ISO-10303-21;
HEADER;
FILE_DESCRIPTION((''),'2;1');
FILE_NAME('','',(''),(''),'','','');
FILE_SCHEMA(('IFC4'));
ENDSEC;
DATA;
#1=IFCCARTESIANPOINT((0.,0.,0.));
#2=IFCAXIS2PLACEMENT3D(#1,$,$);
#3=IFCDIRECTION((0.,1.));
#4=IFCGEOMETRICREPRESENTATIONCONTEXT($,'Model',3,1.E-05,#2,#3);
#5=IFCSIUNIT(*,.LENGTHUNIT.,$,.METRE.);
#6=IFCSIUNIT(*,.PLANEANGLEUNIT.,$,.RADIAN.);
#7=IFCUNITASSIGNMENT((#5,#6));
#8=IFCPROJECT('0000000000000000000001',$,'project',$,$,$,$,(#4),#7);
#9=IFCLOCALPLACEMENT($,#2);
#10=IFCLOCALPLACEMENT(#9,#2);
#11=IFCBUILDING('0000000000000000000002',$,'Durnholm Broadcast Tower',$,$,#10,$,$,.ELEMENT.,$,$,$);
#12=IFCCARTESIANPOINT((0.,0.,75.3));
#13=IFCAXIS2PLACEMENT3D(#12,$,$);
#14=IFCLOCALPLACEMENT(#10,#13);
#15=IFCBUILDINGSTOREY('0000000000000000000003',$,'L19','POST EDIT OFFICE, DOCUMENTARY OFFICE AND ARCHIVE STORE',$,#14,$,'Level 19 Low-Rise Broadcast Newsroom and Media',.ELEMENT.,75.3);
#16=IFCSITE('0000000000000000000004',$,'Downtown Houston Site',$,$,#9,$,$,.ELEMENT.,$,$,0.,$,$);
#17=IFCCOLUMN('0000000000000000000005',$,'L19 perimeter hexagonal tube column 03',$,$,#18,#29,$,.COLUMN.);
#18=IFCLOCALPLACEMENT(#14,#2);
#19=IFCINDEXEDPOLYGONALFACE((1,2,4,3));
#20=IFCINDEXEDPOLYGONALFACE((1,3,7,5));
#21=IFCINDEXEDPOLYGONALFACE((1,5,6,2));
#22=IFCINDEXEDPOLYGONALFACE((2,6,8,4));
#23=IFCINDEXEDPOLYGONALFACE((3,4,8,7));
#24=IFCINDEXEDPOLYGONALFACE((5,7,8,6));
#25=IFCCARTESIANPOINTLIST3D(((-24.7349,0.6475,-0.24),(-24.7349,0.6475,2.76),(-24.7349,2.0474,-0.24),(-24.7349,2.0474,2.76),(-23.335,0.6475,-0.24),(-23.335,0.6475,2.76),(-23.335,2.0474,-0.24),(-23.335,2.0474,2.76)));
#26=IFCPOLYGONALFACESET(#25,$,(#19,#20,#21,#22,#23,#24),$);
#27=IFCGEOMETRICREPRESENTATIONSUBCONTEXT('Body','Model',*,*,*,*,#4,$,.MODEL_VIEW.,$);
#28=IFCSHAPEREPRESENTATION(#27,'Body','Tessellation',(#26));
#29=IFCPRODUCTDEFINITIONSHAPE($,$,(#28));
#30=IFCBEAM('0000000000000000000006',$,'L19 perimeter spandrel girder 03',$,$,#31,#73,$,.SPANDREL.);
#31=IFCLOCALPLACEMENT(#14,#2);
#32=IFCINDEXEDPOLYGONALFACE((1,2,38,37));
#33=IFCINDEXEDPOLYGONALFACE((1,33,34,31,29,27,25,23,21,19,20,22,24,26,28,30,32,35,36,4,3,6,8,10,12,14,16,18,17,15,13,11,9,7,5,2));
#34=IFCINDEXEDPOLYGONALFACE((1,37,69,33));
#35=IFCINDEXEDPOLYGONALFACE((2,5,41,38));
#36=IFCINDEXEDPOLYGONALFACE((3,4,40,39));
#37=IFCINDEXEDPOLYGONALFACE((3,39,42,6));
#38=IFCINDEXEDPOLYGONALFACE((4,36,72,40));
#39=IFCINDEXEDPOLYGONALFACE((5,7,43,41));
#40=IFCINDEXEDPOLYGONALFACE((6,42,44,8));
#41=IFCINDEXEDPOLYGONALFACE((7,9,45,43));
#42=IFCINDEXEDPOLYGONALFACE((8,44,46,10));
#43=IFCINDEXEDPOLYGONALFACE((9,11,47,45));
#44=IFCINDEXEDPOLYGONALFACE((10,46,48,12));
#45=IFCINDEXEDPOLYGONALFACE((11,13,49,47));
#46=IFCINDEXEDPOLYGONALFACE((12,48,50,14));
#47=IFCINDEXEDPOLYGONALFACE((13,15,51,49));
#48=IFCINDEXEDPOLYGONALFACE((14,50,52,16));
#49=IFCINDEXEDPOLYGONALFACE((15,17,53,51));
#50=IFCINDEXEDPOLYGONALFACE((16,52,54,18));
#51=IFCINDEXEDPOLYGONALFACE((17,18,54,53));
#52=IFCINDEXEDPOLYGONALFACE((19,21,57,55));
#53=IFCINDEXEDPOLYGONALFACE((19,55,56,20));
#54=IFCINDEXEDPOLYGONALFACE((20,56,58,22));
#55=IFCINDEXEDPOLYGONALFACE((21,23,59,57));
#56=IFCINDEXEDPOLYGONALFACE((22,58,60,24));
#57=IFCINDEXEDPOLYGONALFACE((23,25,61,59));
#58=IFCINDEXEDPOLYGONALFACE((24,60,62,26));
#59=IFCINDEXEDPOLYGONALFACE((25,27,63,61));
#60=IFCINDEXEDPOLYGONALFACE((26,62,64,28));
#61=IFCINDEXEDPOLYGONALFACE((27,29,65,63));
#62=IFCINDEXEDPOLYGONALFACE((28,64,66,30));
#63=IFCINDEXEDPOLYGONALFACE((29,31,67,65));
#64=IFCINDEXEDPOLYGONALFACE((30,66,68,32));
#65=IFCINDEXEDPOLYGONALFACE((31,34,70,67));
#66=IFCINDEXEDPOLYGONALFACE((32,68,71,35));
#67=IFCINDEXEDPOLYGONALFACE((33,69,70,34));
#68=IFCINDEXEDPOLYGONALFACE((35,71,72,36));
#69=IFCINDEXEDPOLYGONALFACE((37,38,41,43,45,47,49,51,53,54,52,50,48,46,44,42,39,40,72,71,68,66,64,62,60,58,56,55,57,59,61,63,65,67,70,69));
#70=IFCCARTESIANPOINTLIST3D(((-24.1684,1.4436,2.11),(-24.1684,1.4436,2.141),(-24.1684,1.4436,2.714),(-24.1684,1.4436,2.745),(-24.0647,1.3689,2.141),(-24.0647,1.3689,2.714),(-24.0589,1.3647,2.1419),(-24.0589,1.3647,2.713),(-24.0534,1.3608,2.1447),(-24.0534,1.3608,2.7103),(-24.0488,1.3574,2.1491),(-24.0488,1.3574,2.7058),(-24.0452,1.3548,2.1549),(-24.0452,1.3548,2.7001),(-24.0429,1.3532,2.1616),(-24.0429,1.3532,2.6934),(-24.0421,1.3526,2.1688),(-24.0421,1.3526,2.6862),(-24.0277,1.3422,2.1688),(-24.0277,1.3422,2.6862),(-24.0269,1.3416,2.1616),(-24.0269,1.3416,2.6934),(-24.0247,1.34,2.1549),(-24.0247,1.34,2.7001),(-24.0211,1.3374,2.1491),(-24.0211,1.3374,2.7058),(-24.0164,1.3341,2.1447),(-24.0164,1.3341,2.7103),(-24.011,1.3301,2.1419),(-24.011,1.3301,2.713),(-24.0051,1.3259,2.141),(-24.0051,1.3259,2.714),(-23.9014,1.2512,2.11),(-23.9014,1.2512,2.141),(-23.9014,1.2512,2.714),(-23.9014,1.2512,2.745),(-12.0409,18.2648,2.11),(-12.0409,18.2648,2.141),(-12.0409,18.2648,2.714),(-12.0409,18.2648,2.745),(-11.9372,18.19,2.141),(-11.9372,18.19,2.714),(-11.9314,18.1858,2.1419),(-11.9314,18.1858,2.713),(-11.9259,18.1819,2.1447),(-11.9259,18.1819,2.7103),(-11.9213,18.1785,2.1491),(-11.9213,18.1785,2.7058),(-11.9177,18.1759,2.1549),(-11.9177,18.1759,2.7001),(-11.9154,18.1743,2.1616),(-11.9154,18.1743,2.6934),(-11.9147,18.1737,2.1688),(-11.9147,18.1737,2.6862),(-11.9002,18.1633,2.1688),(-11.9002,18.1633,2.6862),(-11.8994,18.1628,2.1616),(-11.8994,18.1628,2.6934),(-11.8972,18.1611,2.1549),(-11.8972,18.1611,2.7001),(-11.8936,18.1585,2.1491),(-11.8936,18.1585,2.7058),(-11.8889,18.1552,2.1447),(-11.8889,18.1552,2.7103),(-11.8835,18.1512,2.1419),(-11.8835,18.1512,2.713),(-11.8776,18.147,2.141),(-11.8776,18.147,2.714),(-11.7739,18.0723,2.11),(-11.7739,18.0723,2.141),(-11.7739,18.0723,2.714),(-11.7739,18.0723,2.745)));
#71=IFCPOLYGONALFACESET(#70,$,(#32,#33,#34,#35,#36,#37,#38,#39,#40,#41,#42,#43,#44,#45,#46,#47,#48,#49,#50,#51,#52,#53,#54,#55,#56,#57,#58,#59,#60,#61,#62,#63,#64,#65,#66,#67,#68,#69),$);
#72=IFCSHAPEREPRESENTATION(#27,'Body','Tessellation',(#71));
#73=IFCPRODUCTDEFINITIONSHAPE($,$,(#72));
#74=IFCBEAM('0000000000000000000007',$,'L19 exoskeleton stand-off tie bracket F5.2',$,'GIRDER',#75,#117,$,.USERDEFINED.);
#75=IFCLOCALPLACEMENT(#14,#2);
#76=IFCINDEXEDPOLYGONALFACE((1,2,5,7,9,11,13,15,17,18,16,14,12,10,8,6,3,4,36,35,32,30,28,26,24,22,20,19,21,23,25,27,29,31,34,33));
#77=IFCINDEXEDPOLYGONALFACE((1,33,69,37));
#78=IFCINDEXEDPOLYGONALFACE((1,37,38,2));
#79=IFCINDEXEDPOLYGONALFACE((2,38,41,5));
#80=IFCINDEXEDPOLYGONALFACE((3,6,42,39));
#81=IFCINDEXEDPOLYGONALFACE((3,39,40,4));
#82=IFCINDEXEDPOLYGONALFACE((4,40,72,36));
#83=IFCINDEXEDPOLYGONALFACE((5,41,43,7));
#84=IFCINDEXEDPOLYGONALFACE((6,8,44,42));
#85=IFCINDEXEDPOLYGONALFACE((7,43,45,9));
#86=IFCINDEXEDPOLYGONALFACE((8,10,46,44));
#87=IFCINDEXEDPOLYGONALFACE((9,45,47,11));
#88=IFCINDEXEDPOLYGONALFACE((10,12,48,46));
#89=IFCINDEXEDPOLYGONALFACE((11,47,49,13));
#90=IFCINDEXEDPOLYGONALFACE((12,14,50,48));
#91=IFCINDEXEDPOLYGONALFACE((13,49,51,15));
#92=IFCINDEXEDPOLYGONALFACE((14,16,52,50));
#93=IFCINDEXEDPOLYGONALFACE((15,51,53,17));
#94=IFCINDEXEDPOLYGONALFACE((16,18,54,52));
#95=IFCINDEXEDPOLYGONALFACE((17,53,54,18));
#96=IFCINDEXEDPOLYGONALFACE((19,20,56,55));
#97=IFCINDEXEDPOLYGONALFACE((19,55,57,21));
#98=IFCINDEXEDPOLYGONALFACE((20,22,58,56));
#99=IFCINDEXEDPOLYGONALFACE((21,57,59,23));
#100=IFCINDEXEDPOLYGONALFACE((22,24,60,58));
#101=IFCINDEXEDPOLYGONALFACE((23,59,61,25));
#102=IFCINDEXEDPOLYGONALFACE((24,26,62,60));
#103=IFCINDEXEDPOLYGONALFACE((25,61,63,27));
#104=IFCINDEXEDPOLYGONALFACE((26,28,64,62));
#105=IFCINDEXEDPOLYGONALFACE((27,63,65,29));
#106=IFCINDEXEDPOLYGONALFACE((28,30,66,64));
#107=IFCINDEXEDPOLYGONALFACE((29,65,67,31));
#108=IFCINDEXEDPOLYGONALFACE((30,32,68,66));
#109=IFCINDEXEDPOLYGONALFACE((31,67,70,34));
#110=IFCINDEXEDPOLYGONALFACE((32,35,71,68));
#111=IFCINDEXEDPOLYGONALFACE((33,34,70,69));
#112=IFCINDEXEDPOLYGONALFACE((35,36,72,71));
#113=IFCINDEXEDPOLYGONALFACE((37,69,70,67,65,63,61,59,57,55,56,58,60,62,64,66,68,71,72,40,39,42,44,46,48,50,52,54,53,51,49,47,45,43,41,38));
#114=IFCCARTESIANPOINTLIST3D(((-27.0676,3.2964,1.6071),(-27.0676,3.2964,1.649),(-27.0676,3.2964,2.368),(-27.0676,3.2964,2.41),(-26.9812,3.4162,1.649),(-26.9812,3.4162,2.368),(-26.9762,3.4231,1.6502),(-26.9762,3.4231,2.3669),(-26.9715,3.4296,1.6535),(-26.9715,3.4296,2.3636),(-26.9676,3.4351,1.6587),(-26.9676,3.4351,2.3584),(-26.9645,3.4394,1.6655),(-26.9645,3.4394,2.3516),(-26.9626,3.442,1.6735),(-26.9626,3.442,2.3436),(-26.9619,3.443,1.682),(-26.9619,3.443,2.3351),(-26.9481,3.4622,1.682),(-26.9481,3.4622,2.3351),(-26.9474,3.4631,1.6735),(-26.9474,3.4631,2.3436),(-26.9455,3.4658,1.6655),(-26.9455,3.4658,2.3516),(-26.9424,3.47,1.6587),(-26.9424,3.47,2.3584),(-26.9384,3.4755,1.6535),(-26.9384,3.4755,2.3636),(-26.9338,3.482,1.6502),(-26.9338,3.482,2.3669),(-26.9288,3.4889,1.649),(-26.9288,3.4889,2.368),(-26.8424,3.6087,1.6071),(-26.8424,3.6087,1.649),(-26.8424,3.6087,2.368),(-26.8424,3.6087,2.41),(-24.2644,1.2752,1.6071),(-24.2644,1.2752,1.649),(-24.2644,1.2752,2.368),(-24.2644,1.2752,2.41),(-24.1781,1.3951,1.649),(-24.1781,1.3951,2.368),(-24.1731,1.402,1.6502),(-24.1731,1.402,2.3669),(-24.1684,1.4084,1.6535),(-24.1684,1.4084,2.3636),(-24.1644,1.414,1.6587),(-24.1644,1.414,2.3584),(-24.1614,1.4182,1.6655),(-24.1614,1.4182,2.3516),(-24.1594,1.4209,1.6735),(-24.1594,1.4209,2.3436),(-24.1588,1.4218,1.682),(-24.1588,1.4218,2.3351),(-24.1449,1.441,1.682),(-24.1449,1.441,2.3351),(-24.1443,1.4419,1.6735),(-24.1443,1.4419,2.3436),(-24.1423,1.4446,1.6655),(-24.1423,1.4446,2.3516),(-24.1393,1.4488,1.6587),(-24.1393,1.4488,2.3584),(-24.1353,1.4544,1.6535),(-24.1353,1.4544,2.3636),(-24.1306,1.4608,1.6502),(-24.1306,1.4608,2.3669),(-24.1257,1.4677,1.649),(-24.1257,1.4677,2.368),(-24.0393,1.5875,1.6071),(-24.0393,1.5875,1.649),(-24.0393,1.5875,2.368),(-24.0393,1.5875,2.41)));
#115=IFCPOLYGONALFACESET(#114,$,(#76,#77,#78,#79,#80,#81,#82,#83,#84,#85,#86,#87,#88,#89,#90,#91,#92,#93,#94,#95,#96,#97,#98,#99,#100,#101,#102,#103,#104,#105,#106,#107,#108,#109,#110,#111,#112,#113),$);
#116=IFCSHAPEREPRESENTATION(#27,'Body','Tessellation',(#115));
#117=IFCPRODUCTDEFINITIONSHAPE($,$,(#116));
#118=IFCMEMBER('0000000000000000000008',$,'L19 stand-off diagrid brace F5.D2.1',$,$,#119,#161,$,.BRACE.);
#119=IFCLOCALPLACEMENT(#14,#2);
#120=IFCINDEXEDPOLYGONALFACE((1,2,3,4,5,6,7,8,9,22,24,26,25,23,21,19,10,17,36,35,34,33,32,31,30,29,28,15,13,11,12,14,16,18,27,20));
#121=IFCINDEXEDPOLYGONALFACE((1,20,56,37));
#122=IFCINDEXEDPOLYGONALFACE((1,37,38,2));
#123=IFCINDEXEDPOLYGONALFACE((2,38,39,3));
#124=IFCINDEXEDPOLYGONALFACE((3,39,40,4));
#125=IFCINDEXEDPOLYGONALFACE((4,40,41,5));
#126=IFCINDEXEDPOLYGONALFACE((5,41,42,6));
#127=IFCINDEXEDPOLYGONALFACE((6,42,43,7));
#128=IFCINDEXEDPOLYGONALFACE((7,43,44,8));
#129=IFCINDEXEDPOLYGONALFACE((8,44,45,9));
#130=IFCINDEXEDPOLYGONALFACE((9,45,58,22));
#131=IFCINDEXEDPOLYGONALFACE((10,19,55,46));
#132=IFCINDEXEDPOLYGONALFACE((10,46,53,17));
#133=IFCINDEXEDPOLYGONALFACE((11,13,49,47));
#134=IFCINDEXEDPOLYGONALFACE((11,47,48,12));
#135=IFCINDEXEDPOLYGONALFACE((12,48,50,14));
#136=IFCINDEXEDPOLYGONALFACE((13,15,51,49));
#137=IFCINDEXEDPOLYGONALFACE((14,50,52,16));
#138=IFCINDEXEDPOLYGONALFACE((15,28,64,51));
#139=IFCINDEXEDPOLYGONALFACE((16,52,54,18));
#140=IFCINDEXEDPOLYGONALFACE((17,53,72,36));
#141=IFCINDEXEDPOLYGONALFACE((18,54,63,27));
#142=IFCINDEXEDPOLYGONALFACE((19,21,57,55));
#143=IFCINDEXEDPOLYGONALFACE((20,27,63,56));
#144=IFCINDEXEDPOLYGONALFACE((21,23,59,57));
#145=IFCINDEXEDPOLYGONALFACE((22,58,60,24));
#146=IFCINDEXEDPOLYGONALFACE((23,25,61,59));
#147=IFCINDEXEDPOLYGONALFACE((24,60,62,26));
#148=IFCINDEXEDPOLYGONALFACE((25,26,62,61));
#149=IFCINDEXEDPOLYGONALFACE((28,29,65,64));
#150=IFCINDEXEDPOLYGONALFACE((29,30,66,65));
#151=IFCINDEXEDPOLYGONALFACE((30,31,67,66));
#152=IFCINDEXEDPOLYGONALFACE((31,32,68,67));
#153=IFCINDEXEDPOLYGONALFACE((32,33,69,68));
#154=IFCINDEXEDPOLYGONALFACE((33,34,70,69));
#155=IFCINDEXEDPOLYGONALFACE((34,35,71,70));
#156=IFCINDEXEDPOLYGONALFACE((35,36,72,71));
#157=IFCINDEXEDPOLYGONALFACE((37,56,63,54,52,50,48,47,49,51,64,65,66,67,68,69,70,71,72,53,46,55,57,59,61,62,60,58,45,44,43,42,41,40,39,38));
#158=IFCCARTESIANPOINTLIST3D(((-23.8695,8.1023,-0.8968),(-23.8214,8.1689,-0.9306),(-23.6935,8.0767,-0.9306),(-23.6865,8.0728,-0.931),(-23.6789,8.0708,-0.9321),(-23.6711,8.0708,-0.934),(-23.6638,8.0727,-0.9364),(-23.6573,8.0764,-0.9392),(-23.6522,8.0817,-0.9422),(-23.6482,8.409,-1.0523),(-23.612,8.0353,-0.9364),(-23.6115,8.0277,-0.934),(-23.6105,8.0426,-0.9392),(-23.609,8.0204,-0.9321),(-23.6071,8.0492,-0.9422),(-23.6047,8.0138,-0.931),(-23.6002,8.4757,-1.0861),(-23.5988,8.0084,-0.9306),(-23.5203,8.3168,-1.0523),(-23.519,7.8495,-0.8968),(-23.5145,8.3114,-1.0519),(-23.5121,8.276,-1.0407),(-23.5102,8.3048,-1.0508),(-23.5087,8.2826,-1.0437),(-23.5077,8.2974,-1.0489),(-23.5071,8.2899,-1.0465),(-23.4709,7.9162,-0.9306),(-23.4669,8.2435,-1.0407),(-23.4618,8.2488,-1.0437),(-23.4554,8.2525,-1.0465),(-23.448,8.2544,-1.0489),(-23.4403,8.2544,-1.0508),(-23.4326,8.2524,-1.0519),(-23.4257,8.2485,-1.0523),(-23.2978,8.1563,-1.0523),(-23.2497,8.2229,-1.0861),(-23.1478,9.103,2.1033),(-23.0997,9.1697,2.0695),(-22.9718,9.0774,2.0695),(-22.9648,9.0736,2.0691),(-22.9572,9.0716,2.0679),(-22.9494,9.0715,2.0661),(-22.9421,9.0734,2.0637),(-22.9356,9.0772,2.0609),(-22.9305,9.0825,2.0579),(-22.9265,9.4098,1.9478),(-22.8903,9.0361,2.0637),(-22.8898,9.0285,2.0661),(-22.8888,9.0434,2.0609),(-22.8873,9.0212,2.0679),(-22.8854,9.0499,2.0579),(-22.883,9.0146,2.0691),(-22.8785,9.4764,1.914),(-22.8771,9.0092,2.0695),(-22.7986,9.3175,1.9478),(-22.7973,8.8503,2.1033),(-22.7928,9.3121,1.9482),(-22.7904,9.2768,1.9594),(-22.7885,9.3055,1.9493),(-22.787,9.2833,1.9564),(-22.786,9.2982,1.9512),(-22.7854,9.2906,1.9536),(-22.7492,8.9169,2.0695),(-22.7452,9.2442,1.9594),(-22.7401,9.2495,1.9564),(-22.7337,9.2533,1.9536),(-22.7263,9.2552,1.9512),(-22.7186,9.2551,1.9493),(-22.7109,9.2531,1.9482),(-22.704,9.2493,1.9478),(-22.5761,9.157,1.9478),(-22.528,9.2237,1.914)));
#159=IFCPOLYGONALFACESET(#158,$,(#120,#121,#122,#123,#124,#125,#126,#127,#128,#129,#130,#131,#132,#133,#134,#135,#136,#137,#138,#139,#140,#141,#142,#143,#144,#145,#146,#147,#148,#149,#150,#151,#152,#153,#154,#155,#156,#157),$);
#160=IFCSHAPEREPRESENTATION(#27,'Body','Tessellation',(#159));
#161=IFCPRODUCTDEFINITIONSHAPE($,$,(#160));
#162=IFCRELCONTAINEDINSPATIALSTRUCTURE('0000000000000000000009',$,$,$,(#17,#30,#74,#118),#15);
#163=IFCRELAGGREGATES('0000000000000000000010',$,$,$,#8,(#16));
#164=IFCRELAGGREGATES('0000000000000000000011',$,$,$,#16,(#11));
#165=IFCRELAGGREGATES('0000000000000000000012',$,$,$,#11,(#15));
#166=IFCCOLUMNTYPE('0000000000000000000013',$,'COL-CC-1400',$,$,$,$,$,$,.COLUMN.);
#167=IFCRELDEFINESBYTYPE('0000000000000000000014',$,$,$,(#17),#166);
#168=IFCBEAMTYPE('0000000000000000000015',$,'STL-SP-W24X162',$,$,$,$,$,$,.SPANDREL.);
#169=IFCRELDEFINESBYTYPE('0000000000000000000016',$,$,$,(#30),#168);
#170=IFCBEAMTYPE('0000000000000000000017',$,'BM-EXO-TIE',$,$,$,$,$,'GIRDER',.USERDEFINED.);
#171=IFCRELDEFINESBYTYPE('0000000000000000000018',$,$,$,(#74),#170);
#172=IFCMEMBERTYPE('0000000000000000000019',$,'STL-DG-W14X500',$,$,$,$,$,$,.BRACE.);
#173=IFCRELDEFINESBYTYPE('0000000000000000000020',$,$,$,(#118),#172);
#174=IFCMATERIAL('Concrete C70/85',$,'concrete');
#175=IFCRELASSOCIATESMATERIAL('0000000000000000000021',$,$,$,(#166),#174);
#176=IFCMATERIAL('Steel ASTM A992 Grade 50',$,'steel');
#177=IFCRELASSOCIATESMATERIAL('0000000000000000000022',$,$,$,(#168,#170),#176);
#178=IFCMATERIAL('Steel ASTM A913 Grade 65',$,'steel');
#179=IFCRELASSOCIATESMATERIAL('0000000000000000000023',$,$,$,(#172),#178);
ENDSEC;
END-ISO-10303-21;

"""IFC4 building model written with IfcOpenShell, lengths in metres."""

from ifc_helpers import new_model, si_unit, direction, frame, origin, origin_2d, place, context, subcontext, project, spatial, rectangle, i_section, extrude, source, transform, mapped, material, material_profile, profile_set, type_object, type_shapes, element, save


model = new_model("IFC4")

# Units and contexts
model_context = context("Model", 3, precision=1e-05, world=origin(), true_north=direction((0.0, 1.0)))
body_context = subcontext(model_context, "Body", "Model", "MODEL_VIEW")
ifc_project = project(units=[si_unit("LENGTHUNIT", "METRE"), si_unit("PLANEANGLEUNIT", "RADIAN")], contexts=[model_context])

# Site, building, storey
site_placement = place(None, origin())
site = spatial("IfcSite", under=ifc_project, at=site_placement, Name="Downtown Houston Site", CompositionType="ELEMENT", RefElevation=0.0)
building_placement = place(site_placement, origin())
building = spatial("IfcBuilding", under=site, at=building_placement, Name="Durnholm Broadcast Tower", CompositionType="ELEMENT")
storey_placement = place(building_placement, frame((0.0, 0.0, 75.3)))
storey = spatial("IfcBuildingStorey", under=building, at=storey_placement, Name="L19", Description="POST EDIT OFFICE, DOCUMENTARY OFFICE AND ARCHIVE STORE", LongName="Level 19 Low-Rise Broadcast Newsroom and Media", CompositionType="ELEMENT", Elevation=75.3)

# Column
ifc_material_1 = material(Name="Concrete C70/85", Category="concrete")
ifc_material_profile_1 = material_profile(ifc_material_1, rectangle(XDim=1.3999, YDim=1.3999, at=origin_2d()), Name="RC1400X1400")
ifc_profile_set_1 = profile_set([ifc_material_profile_1], Name="Concrete C70/85")
column_type = type_object("IfcColumnType", Name="COL-CC-1400", PredefinedType="COLUMN", material=ifc_profile_set_1)
shared_shape_1 = source(origin(), body_context, "Body", "SweptSolid", [
    extrude(rectangle(XDim=1.3999, YDim=1.3999, at=origin_2d()), origin(), (0.0, 0.0, 1.0), 3.0),
])
type_shapes(column_type, [shared_shape_1])
column_placement = place(storey_placement, frame((-24.0349, 1.3474, -0.24), z_axis=(0.0, 0.0, 1.0), x_axis=(1.0, 0.0, 0.0)))
element("IfcColumn", 1, at=column_placement, inside=storey, type_object=column_type, Name="L19 perimeter hexagonal tube column 03", PredefinedType="COLUMN", context=body_context, shape_type="MappedRepresentation", body=[
    mapped(shared_shape_1, transform((0.0, 0.0, 0.0), x_axis=(1.0, 0.0, 0.0), y_axis=(0.0, 1.0, 0.0), z_axis=(0.0, 0.0, 1.0), scale=1.0)),
])

# Beams
ifc_material_2 = material(Name="Steel ASTM A992 Grade 50", Category="steel")
ifc_material_profile_2 = material_profile(ifc_material_2, i_section(OverallWidth=0.3291, OverallDepth=0.635, WebThickness=0.0178, FlangeThickness=0.031, FilletRadius=0.0278, at=origin_2d()), Name="W24X162")
ifc_profile_set_2 = profile_set([ifc_material_profile_2], Name="Steel ASTM A992 Grade 50")
beam_type_1 = type_object("IfcBeamType", Name="STL-SP-W24X162", PredefinedType="SPANDREL", material=ifc_profile_set_2)
shared_shape_2 = source(origin(), body_context, "Body", "SweptSolid", [
    extrude(i_section(OverallWidth=0.3291, OverallDepth=0.635, WebThickness=0.0178, FlangeThickness=0.031, FilletRadius=0.0278, at=origin_2d()), origin(), (0.0, 0.0, 1.0), 20.7371),
])
type_shapes(beam_type_1, [shared_shape_2])
beam_1_placement = place(storey_placement, frame((-24.0349, 1.3474, 2.4275), z_axis=(0.584822, 0.811162, 0.0), x_axis=(-0.811162, 0.584822, 0.0)))
element("IfcBeam", 2, at=beam_1_placement, inside=storey, type_object=beam_type_1, Name="L19 perimeter spandrel girder 03", PredefinedType="SPANDREL", context=body_context, shape_type="MappedRepresentation", body=[
    mapped(shared_shape_2, transform((0.0, 0.0, 0.0), x_axis=(1.0, 0.0, 0.0), y_axis=(0.0, 1.0, 0.0), z_axis=(0.0, 0.0, 1.0), scale=1.0)),
])
ifc_material_profile_3 = material_profile(ifc_material_2, i_section(OverallWidth=0.385, OverallDepth=0.803, WebThickness=0.0237, FlangeThickness=0.042, FilletRadius=0.033, at=origin_2d()), Name="W30X261")
ifc_profile_set_3 = profile_set([ifc_material_profile_3], Name="Steel ASTM A992 Grade 50")
beam_type_2 = type_object("IfcBeamType", Name="BM-EXO-TIE", ElementType="GIRDER", PredefinedType="USERDEFINED", material=ifc_profile_set_3)
shared_shape_3 = source(origin(), body_context, "Body", "SweptSolid", [
    extrude(i_section(OverallWidth=0.385, OverallDepth=0.803, WebThickness=0.0237, FlangeThickness=0.042, FilletRadius=0.033, at=origin_2d()), origin(), (0.0, 0.0, 1.0), 3.4558),
])
type_shapes(beam_type_2, [shared_shape_3])
beam_2_placement = place(storey_placement, frame((-24.1519, 1.4314, 2.0085), z_axis=(-0.811134, 0.584861, 0.0), x_axis=(-0.584861, -0.811134, 0.0)))
element("IfcBeam", 3, at=beam_2_placement, inside=storey, type_object=beam_type_2, Name="L19 exoskeleton stand-off tie bracket F5.2", ObjectType="GIRDER", PredefinedType="USERDEFINED", context=body_context, shape_type="MappedRepresentation", body=[
    mapped(shared_shape_3, transform((0.0, 0.0, 0.0), x_axis=(1.0, 0.0, 0.0), y_axis=(0.0, 1.0, 0.0), z_axis=(0.0, 0.0, 1.0), scale=1.0)),
])

# Member
ifc_material_3 = material(Name="Steel ASTM A913 Grade 65", Category="steel")
ifc_material_profile_4 = material_profile(ifc_material_3, i_section(OverallWidth=0.4321, OverallDepth=0.4978, WebThickness=0.0557, FlangeThickness=0.0889, FilletRadius=0.0305, at=origin_2d()), Name="W14X500")
ifc_profile_set_4 = profile_set([ifc_material_profile_4], Name="Steel ASTM A913 Grade 65")
member_type_1 = type_object("IfcMemberType", Name="STL-DG-W14X500", PredefinedType="BRACE", material=ifc_profile_set_4)
shared_shape_4 = source(origin(), body_context, "Body", "SweptSolid", [
    extrude(i_section(OverallWidth=0.4321, OverallDepth=0.4978, WebThickness=0.0557, FlangeThickness=0.0889, FilletRadius=0.0305, at=origin_2d()), origin(), (0.0, 0.0, 1.0), 3.2439),
])
member_1_placement = place(storey_placement, frame((-23.5596, 8.1626, -0.9915), z_axis=(0.222479, 0.308505, 0.924839), x_axis=(-0.811091, 0.58492, 0.0)))
element("IfcMember", 4, at=member_1_placement, inside=storey, type_object=member_type_1, Name="L19 stand-off diagrid brace F5.D2.1", PredefinedType="BRACE", context=body_context, shape_type="MappedRepresentation", body=[
    mapped(shared_shape_4, transform((0.0, 0.0, 0.0), x_axis=(1.0, 0.0, 0.0), y_axis=(0.0, 1.0, 0.0), z_axis=(0.0, 0.0, 1.0), scale=1.0)),
])

save(model, "model.ifc")
